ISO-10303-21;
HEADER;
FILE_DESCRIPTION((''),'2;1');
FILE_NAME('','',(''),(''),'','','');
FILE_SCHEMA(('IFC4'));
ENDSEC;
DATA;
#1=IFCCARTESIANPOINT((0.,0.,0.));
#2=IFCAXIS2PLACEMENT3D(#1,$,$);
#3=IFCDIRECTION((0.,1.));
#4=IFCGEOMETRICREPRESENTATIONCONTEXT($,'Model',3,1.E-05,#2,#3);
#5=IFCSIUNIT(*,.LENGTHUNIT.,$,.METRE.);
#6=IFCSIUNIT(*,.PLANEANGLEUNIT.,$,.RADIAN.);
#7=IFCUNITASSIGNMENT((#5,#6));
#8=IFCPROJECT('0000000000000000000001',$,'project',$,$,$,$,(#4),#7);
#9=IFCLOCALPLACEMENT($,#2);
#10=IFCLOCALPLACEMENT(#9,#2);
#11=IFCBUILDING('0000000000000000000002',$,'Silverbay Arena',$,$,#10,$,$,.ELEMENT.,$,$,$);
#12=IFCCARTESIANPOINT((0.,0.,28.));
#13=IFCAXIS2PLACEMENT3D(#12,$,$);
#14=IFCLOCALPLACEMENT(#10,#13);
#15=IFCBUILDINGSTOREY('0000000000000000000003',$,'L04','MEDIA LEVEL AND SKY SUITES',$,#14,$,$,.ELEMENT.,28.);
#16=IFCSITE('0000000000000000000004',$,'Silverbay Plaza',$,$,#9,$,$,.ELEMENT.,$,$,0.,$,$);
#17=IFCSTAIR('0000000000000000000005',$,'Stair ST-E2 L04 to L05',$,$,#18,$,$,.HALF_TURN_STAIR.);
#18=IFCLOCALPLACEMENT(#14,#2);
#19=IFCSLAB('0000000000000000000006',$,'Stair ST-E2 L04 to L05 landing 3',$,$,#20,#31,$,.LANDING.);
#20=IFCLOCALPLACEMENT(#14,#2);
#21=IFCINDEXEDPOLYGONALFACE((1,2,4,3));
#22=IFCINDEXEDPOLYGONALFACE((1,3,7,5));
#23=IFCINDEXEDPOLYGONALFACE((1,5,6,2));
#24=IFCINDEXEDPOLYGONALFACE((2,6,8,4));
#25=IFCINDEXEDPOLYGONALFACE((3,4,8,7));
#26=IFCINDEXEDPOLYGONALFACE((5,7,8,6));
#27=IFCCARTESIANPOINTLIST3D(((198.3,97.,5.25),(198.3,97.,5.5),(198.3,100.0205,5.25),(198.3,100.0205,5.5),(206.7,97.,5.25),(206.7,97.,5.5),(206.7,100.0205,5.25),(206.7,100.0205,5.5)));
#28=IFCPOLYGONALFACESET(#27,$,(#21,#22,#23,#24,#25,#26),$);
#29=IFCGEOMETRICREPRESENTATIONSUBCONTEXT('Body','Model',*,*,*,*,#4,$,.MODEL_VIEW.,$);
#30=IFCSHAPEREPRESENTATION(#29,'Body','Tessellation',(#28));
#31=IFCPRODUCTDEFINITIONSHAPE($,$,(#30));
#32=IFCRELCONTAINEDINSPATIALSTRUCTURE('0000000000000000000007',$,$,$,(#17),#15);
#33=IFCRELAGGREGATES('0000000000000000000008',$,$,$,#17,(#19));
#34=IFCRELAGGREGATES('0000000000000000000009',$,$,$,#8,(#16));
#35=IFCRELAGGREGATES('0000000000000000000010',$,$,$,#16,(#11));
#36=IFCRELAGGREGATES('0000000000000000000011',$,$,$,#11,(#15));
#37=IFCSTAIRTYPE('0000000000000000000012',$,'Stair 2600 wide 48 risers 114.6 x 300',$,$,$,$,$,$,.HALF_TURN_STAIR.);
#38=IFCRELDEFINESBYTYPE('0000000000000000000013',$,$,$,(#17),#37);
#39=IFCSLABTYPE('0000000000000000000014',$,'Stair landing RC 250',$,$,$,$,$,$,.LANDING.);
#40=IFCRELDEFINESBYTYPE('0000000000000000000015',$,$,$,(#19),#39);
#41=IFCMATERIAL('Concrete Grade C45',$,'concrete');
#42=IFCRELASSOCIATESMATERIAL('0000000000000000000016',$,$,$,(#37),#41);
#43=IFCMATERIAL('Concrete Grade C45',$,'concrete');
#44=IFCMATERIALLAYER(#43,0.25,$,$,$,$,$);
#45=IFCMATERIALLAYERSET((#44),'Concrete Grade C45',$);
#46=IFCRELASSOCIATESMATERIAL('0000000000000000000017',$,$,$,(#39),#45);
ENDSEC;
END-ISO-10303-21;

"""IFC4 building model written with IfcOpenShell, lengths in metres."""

from ifc_helpers import new_model, si_unit, direction, frame, origin, place, context, subcontext, project, spatial, polyline, outline, extrude, material, layer, layer_set, type_object, element, aggregate, save


model = new_model("IFC4")

# Units and contexts
model_context = context("Model", 3, precision=1e-05, world=origin(), true_north=direction((0.0, 1.0)))
body_context = subcontext(model_context, "Body", "Model", "MODEL_VIEW")
ifc_project = project(units=[si_unit("LENGTHUNIT", "METRE"), si_unit("PLANEANGLEUNIT", "RADIAN")], contexts=[model_context])

# Site, building, storey
site_placement = place(None, origin())
site = spatial("IfcSite", under=ifc_project, at=site_placement, Name="Silverbay Plaza", CompositionType="ELEMENT", RefElevation=0.0)
building_placement = place(site_placement, origin())
building = spatial("IfcBuilding", under=site, at=building_placement, Name="Silverbay Arena", CompositionType="ELEMENT")
storey_placement = place(building_placement, frame((0.0, 0.0, 28.0)))
storey = spatial("IfcBuildingStorey", under=building, at=storey_placement, Name="L04", Description="MEDIA LEVEL AND SKY SUITES", CompositionType="ELEMENT", Elevation=28.0)

# Shared definitions
ifc_material_1 = material(Name="Concrete Grade C45", Category="concrete")
stair_type = type_object("IfcStairType", Name="Stair 2600 wide 48 risers 114.6 x 300", PredefinedType="HALF_TURN_STAIR", material=ifc_material_1)
ifc_material_2 = material(Name="Concrete Grade C45", Category="concrete")
ifc_layer = layer(ifc_material_2, 0.25)
ifc_layer_set = layer_set([ifc_layer], Name="Concrete Grade C45")
slab_type = type_object("IfcSlabType", Name="Stair landing RC 250", PredefinedType="LANDING", material=ifc_layer_set)

# Stair, slab
stair_1_placement = place(storey_placement, origin())
stair_1 = element("IfcStair", 1, at=stair_1_placement, inside=storey, type_object=stair_type, Name="Stair ST-E2 L04 to L05", PredefinedType="HALF_TURN_STAIR")
slab_1_placement = place(storey_placement, frame((0.0, 0.0, 5.25)))
slab_1 = element("IfcSlab", 2, at=slab_1_placement, type_object=slab_type, Name="Stair ST-E2 L04 to L05 landing 3", PredefinedType="LANDING", context=body_context, shape_type="SweptSolid", body=[
    extrude(outline(polyline([(198.3, 100.0205), (198.3, 97.0), (206.7, 97.0), (206.7, 100.0205), (198.3, 100.0205)])), origin(), (0.0, 0.0, 1.0), 0.25),
])
aggregate(stair_1, [slab_1])

save(model, "model.ifc")
